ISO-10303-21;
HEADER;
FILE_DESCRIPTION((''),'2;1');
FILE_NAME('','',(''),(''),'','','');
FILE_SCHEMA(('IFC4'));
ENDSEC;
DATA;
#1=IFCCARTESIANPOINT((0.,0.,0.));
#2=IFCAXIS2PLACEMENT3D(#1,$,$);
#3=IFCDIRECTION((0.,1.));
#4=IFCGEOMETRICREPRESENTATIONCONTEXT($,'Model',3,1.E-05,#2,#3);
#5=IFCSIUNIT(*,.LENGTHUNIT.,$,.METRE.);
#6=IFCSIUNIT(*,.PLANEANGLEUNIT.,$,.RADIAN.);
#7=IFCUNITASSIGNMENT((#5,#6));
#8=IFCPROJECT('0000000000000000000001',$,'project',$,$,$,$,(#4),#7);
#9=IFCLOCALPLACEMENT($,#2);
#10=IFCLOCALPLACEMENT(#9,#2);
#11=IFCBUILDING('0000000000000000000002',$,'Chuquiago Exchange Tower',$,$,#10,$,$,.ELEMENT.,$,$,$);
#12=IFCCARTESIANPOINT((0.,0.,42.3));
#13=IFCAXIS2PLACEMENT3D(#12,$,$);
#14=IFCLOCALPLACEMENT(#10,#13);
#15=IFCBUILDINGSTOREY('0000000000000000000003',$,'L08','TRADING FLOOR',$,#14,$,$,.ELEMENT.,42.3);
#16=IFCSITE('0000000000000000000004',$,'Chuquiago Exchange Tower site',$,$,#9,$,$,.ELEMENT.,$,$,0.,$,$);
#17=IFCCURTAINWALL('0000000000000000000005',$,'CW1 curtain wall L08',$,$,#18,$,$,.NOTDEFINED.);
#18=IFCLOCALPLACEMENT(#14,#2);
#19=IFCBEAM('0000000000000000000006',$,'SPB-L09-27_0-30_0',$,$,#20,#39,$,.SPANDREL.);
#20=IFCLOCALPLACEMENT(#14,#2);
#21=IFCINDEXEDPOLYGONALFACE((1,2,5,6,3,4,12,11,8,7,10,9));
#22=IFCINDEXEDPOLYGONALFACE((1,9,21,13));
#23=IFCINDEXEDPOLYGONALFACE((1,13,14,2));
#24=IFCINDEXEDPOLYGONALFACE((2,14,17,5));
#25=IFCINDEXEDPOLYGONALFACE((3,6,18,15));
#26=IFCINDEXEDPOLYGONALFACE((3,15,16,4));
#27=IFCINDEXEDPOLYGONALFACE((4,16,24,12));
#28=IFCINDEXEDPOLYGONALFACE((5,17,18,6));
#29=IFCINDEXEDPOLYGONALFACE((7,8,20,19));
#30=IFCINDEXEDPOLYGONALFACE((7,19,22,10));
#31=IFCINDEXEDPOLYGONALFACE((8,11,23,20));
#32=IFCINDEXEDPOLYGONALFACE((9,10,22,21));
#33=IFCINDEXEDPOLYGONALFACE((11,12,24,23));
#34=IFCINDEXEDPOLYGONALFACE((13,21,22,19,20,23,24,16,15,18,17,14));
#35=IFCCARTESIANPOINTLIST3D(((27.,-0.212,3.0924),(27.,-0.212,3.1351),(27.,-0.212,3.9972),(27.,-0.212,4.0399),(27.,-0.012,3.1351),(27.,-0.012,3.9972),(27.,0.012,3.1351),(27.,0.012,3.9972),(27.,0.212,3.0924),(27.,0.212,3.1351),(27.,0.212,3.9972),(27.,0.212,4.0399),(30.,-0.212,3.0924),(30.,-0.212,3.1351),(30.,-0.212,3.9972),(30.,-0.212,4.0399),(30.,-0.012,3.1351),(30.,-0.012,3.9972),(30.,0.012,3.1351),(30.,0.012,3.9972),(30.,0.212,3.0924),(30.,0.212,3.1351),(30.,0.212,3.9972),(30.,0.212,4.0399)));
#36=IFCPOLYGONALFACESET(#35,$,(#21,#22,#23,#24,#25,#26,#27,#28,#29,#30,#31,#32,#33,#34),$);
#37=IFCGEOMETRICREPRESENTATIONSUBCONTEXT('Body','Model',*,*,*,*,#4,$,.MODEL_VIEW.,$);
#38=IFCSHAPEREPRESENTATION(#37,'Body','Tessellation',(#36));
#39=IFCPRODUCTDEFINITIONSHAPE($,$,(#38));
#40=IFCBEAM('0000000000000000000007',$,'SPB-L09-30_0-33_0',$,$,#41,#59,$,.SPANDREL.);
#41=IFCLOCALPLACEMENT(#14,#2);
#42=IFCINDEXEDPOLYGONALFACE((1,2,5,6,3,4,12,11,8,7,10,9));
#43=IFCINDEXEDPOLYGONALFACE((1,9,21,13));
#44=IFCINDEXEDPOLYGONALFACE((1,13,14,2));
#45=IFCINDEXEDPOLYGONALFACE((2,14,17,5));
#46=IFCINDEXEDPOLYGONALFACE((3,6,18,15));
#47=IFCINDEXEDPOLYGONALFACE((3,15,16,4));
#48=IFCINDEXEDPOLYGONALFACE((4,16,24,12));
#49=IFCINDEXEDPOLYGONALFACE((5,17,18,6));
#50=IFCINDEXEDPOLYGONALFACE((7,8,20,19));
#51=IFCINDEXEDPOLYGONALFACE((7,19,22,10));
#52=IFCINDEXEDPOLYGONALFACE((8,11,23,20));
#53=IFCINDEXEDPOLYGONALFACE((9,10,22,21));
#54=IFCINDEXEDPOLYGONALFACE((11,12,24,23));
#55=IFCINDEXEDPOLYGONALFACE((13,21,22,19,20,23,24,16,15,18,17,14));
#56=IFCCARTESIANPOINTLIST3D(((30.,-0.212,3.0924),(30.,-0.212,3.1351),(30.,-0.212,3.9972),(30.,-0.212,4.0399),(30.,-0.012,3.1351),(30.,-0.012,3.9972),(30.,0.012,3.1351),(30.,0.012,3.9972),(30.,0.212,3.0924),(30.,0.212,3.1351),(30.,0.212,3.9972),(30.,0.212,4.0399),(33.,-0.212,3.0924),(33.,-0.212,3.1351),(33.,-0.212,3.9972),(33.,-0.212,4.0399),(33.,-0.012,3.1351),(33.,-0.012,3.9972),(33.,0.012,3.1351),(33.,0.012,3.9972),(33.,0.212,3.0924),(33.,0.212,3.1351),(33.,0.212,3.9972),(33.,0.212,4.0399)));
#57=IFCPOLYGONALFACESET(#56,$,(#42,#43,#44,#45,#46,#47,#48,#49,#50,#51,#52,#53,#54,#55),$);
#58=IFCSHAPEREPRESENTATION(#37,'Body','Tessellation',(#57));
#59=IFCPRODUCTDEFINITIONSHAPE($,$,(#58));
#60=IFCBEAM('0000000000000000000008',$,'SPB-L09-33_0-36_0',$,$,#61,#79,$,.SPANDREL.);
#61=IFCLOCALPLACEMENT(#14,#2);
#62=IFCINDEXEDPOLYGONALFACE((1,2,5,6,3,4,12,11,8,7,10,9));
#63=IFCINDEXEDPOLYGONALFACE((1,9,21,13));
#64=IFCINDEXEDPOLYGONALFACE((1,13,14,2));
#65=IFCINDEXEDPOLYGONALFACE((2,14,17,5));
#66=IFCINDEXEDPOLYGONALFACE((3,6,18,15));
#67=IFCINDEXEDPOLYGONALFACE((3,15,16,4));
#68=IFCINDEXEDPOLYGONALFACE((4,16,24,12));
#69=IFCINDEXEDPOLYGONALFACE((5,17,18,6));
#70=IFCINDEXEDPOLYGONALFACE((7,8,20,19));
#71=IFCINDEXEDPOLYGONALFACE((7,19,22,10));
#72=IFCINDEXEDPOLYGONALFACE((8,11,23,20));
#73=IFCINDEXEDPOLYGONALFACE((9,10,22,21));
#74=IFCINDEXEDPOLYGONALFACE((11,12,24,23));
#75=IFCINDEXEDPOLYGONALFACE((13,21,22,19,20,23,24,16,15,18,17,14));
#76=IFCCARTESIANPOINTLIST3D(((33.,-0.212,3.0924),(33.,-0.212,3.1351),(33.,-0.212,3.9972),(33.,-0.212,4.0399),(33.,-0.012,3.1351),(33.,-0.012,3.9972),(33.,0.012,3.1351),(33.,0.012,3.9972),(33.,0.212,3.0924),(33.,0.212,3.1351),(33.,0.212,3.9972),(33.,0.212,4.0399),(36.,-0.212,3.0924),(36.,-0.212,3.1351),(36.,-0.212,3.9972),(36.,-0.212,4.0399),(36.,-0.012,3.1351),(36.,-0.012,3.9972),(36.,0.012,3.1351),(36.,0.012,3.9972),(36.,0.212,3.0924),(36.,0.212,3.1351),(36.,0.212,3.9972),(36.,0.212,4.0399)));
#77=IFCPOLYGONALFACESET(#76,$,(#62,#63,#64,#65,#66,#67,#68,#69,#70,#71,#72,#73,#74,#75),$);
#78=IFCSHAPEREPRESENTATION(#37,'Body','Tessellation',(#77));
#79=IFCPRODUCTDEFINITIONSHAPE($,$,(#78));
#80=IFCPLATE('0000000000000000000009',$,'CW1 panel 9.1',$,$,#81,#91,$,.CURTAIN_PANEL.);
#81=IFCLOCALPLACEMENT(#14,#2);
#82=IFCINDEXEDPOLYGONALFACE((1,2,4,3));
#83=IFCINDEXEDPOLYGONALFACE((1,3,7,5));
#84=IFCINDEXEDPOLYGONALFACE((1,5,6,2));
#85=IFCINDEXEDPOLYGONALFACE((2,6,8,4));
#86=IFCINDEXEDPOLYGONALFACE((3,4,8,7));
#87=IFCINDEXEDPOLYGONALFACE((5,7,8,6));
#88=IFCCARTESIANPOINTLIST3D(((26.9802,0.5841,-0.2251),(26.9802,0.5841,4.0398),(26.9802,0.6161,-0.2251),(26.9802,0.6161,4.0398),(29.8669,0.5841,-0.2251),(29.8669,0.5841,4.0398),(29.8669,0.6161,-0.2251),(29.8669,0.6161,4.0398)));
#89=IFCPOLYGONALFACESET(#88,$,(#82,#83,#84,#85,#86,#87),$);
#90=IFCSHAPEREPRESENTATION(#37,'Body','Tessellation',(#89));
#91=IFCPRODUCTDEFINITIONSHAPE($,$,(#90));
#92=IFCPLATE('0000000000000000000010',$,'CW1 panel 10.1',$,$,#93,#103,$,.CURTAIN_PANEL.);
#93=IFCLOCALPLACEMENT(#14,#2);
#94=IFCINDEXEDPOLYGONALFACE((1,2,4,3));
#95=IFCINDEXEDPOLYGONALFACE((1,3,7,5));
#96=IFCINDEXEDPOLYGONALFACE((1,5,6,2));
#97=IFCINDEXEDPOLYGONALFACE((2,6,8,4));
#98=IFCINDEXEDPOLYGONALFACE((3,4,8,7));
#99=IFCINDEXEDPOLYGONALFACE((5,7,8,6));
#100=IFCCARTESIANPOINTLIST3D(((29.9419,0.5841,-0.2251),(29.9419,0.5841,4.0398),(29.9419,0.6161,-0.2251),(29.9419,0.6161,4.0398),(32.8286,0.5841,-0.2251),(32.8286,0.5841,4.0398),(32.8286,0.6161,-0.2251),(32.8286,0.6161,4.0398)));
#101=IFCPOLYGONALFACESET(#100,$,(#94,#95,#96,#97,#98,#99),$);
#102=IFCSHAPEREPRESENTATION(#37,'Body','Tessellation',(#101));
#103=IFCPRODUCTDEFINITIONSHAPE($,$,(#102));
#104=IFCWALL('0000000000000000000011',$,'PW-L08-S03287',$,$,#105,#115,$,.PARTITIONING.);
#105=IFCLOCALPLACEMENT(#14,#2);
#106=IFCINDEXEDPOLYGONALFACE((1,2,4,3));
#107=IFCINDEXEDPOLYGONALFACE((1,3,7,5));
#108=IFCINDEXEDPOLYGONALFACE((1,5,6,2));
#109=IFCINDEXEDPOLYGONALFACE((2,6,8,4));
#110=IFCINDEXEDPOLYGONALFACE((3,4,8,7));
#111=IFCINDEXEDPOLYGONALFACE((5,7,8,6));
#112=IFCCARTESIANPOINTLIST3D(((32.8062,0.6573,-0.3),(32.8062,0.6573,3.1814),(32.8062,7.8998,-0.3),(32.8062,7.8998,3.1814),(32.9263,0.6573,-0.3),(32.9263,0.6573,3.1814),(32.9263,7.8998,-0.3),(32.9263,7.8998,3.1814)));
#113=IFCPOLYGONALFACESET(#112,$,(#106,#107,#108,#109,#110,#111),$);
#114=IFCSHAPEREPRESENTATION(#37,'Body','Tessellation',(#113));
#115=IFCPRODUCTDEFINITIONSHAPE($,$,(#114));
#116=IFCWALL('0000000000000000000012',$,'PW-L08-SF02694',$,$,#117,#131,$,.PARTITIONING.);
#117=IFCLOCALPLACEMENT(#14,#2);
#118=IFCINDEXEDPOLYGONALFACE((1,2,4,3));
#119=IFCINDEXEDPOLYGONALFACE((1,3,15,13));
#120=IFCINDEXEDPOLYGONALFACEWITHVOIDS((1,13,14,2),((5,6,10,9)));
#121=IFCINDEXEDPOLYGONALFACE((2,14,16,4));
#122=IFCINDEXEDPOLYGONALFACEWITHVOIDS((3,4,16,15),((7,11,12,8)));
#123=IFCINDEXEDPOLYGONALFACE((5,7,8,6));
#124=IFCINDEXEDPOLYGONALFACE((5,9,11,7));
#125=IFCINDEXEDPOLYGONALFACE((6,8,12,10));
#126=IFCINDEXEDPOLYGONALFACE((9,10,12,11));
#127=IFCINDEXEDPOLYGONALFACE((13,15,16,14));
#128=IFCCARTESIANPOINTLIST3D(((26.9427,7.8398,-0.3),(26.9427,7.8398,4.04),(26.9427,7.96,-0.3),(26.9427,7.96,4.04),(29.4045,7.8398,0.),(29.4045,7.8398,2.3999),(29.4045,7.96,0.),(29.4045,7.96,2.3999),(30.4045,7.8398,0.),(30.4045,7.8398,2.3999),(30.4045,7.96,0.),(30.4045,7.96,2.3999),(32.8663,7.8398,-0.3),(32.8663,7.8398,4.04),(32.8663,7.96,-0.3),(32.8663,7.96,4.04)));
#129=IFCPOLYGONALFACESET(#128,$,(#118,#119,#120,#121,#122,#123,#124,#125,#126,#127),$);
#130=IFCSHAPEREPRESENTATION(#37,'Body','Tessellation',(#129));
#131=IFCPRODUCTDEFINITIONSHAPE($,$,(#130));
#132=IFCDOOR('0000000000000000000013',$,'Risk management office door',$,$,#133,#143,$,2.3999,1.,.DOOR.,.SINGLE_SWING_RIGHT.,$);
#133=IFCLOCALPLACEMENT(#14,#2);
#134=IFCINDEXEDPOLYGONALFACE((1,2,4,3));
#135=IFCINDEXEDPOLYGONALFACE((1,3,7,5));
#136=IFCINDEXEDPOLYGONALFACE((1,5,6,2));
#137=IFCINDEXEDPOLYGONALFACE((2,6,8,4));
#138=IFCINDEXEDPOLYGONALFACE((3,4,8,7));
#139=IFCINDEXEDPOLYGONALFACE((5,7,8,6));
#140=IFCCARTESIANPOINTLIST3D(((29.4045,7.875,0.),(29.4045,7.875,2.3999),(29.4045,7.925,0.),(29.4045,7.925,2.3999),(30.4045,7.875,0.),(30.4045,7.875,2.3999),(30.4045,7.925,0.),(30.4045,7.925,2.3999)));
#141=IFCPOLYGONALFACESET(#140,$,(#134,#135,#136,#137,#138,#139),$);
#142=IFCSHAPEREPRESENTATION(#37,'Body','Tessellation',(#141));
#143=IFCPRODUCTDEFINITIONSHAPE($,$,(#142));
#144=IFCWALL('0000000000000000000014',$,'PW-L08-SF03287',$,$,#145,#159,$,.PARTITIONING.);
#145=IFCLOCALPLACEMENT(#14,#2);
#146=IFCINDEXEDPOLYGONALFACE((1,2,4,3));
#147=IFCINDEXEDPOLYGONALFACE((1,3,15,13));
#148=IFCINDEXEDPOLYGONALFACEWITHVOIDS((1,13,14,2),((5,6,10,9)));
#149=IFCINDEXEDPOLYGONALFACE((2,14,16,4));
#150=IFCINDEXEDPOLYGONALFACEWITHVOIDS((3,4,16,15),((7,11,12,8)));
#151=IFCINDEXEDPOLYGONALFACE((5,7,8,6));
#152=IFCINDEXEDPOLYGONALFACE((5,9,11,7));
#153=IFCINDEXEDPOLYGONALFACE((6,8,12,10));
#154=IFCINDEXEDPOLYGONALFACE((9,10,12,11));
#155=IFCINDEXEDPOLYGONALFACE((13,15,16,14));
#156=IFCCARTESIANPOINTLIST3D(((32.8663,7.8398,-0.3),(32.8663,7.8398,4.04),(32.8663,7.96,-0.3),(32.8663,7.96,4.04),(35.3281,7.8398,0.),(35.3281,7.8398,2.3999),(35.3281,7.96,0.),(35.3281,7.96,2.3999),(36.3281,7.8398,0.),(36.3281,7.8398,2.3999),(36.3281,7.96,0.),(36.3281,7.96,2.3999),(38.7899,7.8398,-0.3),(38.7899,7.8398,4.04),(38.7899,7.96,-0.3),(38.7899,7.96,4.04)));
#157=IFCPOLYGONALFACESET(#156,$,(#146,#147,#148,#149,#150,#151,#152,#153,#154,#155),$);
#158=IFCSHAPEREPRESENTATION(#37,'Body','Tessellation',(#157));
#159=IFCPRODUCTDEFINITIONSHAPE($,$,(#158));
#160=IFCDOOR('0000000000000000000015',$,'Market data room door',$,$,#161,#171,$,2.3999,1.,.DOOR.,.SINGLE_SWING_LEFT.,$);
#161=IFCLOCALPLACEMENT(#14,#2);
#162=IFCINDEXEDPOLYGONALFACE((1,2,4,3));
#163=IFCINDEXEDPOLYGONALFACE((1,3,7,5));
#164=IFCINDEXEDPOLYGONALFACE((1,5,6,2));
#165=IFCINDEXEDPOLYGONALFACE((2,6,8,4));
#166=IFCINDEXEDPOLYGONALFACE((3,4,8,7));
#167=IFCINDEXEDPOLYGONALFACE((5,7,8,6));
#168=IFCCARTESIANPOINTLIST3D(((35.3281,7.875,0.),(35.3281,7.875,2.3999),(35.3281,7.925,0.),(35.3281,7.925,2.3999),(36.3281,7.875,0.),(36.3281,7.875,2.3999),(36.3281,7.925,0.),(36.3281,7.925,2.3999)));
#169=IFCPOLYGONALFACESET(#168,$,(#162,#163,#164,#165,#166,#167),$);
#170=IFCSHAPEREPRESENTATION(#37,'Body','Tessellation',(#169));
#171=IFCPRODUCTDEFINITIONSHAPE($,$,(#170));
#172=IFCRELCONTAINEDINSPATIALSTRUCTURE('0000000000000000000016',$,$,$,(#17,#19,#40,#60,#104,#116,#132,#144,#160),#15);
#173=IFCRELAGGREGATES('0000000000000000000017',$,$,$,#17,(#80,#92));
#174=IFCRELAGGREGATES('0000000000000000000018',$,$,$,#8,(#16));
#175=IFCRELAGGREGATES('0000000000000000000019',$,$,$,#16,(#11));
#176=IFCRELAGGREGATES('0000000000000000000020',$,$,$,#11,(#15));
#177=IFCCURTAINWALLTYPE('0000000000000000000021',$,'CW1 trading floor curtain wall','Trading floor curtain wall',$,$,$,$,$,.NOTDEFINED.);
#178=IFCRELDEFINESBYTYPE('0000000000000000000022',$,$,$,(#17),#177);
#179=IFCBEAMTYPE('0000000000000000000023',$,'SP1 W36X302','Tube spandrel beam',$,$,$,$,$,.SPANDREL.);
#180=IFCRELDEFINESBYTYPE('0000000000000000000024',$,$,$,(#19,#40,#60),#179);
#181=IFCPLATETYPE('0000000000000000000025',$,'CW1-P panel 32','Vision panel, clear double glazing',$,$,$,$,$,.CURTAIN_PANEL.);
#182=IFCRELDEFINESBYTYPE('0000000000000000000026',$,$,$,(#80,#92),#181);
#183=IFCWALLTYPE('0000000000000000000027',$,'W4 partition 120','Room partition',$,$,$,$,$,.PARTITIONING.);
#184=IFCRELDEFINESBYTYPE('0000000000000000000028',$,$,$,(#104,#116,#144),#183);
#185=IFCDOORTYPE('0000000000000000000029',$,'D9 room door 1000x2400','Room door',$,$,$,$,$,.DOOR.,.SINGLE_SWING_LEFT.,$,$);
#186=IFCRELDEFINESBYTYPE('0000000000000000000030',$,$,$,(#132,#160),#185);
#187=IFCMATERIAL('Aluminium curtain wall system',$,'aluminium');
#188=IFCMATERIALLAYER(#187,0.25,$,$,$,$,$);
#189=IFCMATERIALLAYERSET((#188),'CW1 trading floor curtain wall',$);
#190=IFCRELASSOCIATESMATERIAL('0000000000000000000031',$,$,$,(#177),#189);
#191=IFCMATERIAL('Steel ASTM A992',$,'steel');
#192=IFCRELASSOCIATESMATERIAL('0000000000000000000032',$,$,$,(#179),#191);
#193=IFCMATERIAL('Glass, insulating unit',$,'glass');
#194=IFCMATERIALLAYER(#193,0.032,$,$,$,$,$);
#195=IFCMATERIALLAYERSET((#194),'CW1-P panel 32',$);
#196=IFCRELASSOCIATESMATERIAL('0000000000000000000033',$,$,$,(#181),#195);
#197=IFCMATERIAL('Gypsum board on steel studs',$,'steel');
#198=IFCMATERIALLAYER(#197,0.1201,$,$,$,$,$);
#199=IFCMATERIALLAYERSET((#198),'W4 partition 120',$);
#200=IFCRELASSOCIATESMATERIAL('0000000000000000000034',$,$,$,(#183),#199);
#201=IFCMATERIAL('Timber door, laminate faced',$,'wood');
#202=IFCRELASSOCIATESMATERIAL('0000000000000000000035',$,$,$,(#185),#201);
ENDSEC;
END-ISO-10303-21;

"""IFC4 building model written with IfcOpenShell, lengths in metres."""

from ifc_helpers import new_model, si_unit, direction, frame, frame_2d, origin, origin_2d, place, context, subcontext, project, spatial, rectangle, i_section, extrude, material, layer, layer_set, material_profile, profile_set, type_object, element, fill, aggregate, save


model = new_model("IFC4")

# Units and contexts
model_context = context("Model", 3, precision=1e-05, world=origin(), true_north=direction((0.0, 1.0)))
body_context = subcontext(model_context, "Body", "Model", "MODEL_VIEW")
ifc_project = project(units=[si_unit("LENGTHUNIT", "METRE"), si_unit("PLANEANGLEUNIT", "RADIAN")], contexts=[model_context])

# Site, building, storey
site_placement = place(None, origin())
site = spatial("IfcSite", under=ifc_project, at=site_placement, Name="Chuquiago Exchange Tower site", CompositionType="ELEMENT", RefElevation=0.0)
building_placement = place(site_placement, origin())
building = spatial("IfcBuilding", under=site, at=building_placement, Name="Chuquiago Exchange Tower", CompositionType="ELEMENT")
storey_placement = place(building_placement, frame((0.0, 0.0, 42.3)))
storey = spatial("IfcBuildingStorey", under=building, at=storey_placement, Name="L08", Description="TRADING FLOOR", CompositionType="ELEMENT", Elevation=42.3)

# Curtain wall
ifc_material_1 = material(Name="Aluminium curtain wall system", Category="aluminium")
ifc_layer_1 = layer(ifc_material_1, 0.25)
ifc_layer_set_1 = layer_set([ifc_layer_1], Name="CW1 trading floor curtain wall")
curtain_wall_type = type_object("IfcCurtainWallType", Name="CW1 trading floor curtain wall", Description="Trading floor curtain wall", PredefinedType="NOTDEFINED", material=ifc_layer_set_1)
curtain_wall_placement = place(storey_placement, origin())
curtain_wall = element("IfcCurtainWall", 1, at=curtain_wall_placement, inside=storey, type_object=curtain_wall_type, Name="CW1 curtain wall L08", PredefinedType="NOTDEFINED")

# Beams
ifc_material_2 = material(Name="Steel ASTM A992", Category="steel")
ifc_material_profile_1 = material_profile(ifc_material_2, i_section(OverallWidth=0.4241, OverallDepth=0.9475, WebThickness=0.0239, FlangeThickness=0.0427, at=origin_2d()), Name="W36X302")
ifc_profile_set_1 = profile_set([ifc_material_profile_1], Name="Steel ASTM A992")
beam_type_1 = type_object("IfcBeamType", Name="SP1 W36X302", Description="Tube spandrel beam", PredefinedType="SPANDREL", material=ifc_profile_set_1)
for number, where, z_axis, x_axis, name in (
    (2, (27.0, 0.0, 3.5662), (1.0, 0.0, 0.0), (0.0, 1.0, 0.0), "SPB-L09-27_0-30_0"),
    (3, (30.0, 0.0, 3.5662), (1.0, 0.0, 0.0), (0.0, 1.0, 0.0), "SPB-L09-30_0-33_0"),
    (4, (33.0, 0.0, 3.5662), (1.0, 0.0, 0.0), (0.0, 1.0, 0.0), "SPB-L09-33_0-36_0"),
):
    element("IfcBeam", number, at=place(storey_placement, frame(where, z_axis=z_axis, x_axis=x_axis)), inside=storey, type_object=beam_type_1, Name=name, PredefinedType="SPANDREL", context=body_context, shape_type="SweptSolid", body=[
        extrude(i_section(OverallWidth=0.4241, OverallDepth=0.9475, WebThickness=0.0239, FlangeThickness=0.0427, at=origin_2d()), origin(), (0.0, 0.0, 1.0), 3.0),
    ])

# Plates
ifc_material_3 = material(Name="Glass, insulating unit", Category="glass")
ifc_layer_2 = layer(ifc_material_3, 0.032)
ifc_layer_set_2 = layer_set([ifc_layer_2], Name="CW1-P panel 32")
plate_type = type_object("IfcPlateType", Name="CW1-P panel 32", Description="Vision panel, clear double glazing", PredefinedType="CURTAIN_PANEL", material=ifc_layer_set_2)
plate_1_placement = place(storey_placement, frame((28.4236, 0.6001, -0.2251), z_axis=(0.0, 0.0, 1.0), x_axis=(1.0, 0.0, 0.0)))
plate_1 = element("IfcPlate", 5, at=plate_1_placement, type_object=plate_type, Name="CW1 panel 9.1", PredefinedType="CURTAIN_PANEL", context=body_context, shape_type="SweptSolid", body=[
    extrude(rectangle(XDim=2.8867, YDim=0.032, at=origin_2d()), origin(), (0.0, 0.0, 1.0), 4.2649),
])
plate_2_placement = place(storey_placement, frame((31.3853, 0.6001, -0.2251), z_axis=(0.0, 0.0, 1.0), x_axis=(1.0, 0.0, 0.0)))
plate_2 = element("IfcPlate", 6, at=plate_2_placement, type_object=plate_type, Name="CW1 panel 10.1", PredefinedType="CURTAIN_PANEL", context=body_context, shape_type="SweptSolid", body=[
    extrude(rectangle(XDim=2.8867, YDim=0.032, at=origin_2d()), origin(), (0.0, 0.0, 1.0), 4.2649),
])
aggregate(curtain_wall, [plate_1, plate_2])

# Wall
ifc_material_4 = material(Name="Gypsum board on steel studs", Category="steel")
ifc_layer_3 = layer(ifc_material_4, 0.1201)
ifc_layer_set_3 = layer_set([ifc_layer_3], Name="W4 partition 120")
wall_type = type_object("IfcWallType", Name="W4 partition 120", Description="Room partition", PredefinedType="PARTITIONING", material=ifc_layer_set_3)
wall_1_placement = place(storey_placement, frame((32.8662, 0.6575, -0.3), z_axis=(0.0, 0.0, 1.0), x_axis=(0.0, 1.0, 0.0)))
element("IfcWall", 7, at=wall_1_placement, inside=storey, type_object=wall_type, Name="PW-L08-S03287", PredefinedType="PARTITIONING", context=body_context, shape_type="SweptSolid", body=[
    extrude(rectangle(XDim=7.2424, YDim=0.1201, at=frame_2d((3.6211, 0.0))), origin(), (0.0, 0.0, 1.0), 3.4814),
])

# Walls, openings, doors
wall_2_placement = place(storey_placement, frame((26.9426, 7.8999, -0.3), z_axis=(0.0, 0.0, 1.0), x_axis=(1.0, 0.0, 0.0)))
wall_2 = element("IfcWall", 8, at=wall_2_placement, inside=storey, type_object=wall_type, Name="PW-L08-SF02694", PredefinedType="PARTITIONING", context=body_context, shape_type="SweptSolid", body=[
    extrude(rectangle(XDim=5.9236, YDim=0.1201, at=frame_2d((2.9619, 0.0))), origin(), (0.0, 0.0, 1.0), 4.3401),
])
opening_1_placement = place(wall_2_placement, frame((2.4619, 0.0, 0.3)))
opening_1 = element("IfcOpeningElement", 9, at=opening_1_placement, cuts=wall_2, PredefinedType="OPENING", context=body_context, shape_type="SweptSolid", body=[
    extrude(rectangle(XDim=1.0, YDim=2.3999, at=frame_2d((0.5, 1.2))), frame((0.0, 0.0701, 0.0), z_axis=(0.0, -1.0, 0.0), x_axis=(1.0, 0.0, 0.0)), (0.0, 0.0, 1.0), 0.1401),
])
ifc_material_5 = material(Name="Timber door, laminate faced", Category="wood")
door_type = type_object("IfcDoorType", Name="D9 room door 1000x2400", Description="Room door", OperationType="SINGLE_SWING_LEFT", PredefinedType="DOOR", material=ifc_material_5)
door_1_placement = place(opening_1_placement, frame((1.0, 0.0, 0.0), z_axis=(0.0, 0.0, 1.0), x_axis=(-1.0, 0.0, 0.0)))
door_1 = element("IfcDoor", 10, at=door_1_placement, inside=storey, type_object=door_type, Name="Risk management office door", OperationType="SINGLE_SWING_RIGHT", OverallHeight=2.3999, OverallWidth=1.0, PredefinedType="DOOR", context=body_context, shape_type="SweptSolid", body=[
    extrude(rectangle(XDim=1.0, YDim=2.3999, at=frame_2d((0.5, 1.2))), frame((0.0, 0.0249, 0.0), z_axis=(0.0, -1.0, 0.0), x_axis=(1.0, 0.0, 0.0)), (0.0, 0.0, 1.0), 0.05),
])
fill(opening_1, door_1)
wall_3_placement = place(storey_placement, frame((32.8662, 7.8999, -0.3), z_axis=(0.0, 0.0, 1.0), x_axis=(1.0, 0.0, 0.0)))
wall_3 = element("IfcWall", 11, at=wall_3_placement, inside=storey, type_object=wall_type, Name="PW-L08-SF03287", PredefinedType="PARTITIONING", context=body_context, shape_type="SweptSolid", body=[
    extrude(rectangle(XDim=5.9236, YDim=0.1201, at=frame_2d((2.9619, 0.0))), origin(), (0.0, 0.0, 1.0), 4.3401),
])
opening_2_placement = place(wall_3_placement, frame((2.4619, 0.0, 0.3)))
opening_2 = element("IfcOpeningElement", 12, at=opening_2_placement, cuts=wall_3, PredefinedType="OPENING", context=body_context, shape_type="SweptSolid", body=[
    extrude(rectangle(XDim=1.0, YDim=2.3999, at=frame_2d((0.5, 1.2))), frame((0.0, 0.0701, 0.0), z_axis=(0.0, -1.0, 0.0), x_axis=(1.0, 0.0, 0.0)), (0.0, 0.0, 1.0), 0.1401),
])
door_2_placement = place(opening_2_placement, frame((1.0, 0.0, 0.0), z_axis=(0.0, 0.0, 1.0), x_axis=(-1.0, 0.0, 0.0)))
door_2 = element("IfcDoor", 13, at=door_2_placement, inside=storey, type_object=door_type, Name="Market data room door", OperationType="SINGLE_SWING_LEFT", OverallHeight=2.3999, OverallWidth=1.0, PredefinedType="DOOR", context=body_context, shape_type="SweptSolid", body=[
    extrude(rectangle(XDim=1.0, YDim=2.3999, at=frame_2d((0.5, 1.2))), frame((0.0, 0.0249, 0.0), z_axis=(0.0, -1.0, 0.0), x_axis=(1.0, 0.0, 0.0)), (0.0, 0.0, 1.0), 0.05),
])
fill(opening_2, door_2)

save(model, "model.ifc")
